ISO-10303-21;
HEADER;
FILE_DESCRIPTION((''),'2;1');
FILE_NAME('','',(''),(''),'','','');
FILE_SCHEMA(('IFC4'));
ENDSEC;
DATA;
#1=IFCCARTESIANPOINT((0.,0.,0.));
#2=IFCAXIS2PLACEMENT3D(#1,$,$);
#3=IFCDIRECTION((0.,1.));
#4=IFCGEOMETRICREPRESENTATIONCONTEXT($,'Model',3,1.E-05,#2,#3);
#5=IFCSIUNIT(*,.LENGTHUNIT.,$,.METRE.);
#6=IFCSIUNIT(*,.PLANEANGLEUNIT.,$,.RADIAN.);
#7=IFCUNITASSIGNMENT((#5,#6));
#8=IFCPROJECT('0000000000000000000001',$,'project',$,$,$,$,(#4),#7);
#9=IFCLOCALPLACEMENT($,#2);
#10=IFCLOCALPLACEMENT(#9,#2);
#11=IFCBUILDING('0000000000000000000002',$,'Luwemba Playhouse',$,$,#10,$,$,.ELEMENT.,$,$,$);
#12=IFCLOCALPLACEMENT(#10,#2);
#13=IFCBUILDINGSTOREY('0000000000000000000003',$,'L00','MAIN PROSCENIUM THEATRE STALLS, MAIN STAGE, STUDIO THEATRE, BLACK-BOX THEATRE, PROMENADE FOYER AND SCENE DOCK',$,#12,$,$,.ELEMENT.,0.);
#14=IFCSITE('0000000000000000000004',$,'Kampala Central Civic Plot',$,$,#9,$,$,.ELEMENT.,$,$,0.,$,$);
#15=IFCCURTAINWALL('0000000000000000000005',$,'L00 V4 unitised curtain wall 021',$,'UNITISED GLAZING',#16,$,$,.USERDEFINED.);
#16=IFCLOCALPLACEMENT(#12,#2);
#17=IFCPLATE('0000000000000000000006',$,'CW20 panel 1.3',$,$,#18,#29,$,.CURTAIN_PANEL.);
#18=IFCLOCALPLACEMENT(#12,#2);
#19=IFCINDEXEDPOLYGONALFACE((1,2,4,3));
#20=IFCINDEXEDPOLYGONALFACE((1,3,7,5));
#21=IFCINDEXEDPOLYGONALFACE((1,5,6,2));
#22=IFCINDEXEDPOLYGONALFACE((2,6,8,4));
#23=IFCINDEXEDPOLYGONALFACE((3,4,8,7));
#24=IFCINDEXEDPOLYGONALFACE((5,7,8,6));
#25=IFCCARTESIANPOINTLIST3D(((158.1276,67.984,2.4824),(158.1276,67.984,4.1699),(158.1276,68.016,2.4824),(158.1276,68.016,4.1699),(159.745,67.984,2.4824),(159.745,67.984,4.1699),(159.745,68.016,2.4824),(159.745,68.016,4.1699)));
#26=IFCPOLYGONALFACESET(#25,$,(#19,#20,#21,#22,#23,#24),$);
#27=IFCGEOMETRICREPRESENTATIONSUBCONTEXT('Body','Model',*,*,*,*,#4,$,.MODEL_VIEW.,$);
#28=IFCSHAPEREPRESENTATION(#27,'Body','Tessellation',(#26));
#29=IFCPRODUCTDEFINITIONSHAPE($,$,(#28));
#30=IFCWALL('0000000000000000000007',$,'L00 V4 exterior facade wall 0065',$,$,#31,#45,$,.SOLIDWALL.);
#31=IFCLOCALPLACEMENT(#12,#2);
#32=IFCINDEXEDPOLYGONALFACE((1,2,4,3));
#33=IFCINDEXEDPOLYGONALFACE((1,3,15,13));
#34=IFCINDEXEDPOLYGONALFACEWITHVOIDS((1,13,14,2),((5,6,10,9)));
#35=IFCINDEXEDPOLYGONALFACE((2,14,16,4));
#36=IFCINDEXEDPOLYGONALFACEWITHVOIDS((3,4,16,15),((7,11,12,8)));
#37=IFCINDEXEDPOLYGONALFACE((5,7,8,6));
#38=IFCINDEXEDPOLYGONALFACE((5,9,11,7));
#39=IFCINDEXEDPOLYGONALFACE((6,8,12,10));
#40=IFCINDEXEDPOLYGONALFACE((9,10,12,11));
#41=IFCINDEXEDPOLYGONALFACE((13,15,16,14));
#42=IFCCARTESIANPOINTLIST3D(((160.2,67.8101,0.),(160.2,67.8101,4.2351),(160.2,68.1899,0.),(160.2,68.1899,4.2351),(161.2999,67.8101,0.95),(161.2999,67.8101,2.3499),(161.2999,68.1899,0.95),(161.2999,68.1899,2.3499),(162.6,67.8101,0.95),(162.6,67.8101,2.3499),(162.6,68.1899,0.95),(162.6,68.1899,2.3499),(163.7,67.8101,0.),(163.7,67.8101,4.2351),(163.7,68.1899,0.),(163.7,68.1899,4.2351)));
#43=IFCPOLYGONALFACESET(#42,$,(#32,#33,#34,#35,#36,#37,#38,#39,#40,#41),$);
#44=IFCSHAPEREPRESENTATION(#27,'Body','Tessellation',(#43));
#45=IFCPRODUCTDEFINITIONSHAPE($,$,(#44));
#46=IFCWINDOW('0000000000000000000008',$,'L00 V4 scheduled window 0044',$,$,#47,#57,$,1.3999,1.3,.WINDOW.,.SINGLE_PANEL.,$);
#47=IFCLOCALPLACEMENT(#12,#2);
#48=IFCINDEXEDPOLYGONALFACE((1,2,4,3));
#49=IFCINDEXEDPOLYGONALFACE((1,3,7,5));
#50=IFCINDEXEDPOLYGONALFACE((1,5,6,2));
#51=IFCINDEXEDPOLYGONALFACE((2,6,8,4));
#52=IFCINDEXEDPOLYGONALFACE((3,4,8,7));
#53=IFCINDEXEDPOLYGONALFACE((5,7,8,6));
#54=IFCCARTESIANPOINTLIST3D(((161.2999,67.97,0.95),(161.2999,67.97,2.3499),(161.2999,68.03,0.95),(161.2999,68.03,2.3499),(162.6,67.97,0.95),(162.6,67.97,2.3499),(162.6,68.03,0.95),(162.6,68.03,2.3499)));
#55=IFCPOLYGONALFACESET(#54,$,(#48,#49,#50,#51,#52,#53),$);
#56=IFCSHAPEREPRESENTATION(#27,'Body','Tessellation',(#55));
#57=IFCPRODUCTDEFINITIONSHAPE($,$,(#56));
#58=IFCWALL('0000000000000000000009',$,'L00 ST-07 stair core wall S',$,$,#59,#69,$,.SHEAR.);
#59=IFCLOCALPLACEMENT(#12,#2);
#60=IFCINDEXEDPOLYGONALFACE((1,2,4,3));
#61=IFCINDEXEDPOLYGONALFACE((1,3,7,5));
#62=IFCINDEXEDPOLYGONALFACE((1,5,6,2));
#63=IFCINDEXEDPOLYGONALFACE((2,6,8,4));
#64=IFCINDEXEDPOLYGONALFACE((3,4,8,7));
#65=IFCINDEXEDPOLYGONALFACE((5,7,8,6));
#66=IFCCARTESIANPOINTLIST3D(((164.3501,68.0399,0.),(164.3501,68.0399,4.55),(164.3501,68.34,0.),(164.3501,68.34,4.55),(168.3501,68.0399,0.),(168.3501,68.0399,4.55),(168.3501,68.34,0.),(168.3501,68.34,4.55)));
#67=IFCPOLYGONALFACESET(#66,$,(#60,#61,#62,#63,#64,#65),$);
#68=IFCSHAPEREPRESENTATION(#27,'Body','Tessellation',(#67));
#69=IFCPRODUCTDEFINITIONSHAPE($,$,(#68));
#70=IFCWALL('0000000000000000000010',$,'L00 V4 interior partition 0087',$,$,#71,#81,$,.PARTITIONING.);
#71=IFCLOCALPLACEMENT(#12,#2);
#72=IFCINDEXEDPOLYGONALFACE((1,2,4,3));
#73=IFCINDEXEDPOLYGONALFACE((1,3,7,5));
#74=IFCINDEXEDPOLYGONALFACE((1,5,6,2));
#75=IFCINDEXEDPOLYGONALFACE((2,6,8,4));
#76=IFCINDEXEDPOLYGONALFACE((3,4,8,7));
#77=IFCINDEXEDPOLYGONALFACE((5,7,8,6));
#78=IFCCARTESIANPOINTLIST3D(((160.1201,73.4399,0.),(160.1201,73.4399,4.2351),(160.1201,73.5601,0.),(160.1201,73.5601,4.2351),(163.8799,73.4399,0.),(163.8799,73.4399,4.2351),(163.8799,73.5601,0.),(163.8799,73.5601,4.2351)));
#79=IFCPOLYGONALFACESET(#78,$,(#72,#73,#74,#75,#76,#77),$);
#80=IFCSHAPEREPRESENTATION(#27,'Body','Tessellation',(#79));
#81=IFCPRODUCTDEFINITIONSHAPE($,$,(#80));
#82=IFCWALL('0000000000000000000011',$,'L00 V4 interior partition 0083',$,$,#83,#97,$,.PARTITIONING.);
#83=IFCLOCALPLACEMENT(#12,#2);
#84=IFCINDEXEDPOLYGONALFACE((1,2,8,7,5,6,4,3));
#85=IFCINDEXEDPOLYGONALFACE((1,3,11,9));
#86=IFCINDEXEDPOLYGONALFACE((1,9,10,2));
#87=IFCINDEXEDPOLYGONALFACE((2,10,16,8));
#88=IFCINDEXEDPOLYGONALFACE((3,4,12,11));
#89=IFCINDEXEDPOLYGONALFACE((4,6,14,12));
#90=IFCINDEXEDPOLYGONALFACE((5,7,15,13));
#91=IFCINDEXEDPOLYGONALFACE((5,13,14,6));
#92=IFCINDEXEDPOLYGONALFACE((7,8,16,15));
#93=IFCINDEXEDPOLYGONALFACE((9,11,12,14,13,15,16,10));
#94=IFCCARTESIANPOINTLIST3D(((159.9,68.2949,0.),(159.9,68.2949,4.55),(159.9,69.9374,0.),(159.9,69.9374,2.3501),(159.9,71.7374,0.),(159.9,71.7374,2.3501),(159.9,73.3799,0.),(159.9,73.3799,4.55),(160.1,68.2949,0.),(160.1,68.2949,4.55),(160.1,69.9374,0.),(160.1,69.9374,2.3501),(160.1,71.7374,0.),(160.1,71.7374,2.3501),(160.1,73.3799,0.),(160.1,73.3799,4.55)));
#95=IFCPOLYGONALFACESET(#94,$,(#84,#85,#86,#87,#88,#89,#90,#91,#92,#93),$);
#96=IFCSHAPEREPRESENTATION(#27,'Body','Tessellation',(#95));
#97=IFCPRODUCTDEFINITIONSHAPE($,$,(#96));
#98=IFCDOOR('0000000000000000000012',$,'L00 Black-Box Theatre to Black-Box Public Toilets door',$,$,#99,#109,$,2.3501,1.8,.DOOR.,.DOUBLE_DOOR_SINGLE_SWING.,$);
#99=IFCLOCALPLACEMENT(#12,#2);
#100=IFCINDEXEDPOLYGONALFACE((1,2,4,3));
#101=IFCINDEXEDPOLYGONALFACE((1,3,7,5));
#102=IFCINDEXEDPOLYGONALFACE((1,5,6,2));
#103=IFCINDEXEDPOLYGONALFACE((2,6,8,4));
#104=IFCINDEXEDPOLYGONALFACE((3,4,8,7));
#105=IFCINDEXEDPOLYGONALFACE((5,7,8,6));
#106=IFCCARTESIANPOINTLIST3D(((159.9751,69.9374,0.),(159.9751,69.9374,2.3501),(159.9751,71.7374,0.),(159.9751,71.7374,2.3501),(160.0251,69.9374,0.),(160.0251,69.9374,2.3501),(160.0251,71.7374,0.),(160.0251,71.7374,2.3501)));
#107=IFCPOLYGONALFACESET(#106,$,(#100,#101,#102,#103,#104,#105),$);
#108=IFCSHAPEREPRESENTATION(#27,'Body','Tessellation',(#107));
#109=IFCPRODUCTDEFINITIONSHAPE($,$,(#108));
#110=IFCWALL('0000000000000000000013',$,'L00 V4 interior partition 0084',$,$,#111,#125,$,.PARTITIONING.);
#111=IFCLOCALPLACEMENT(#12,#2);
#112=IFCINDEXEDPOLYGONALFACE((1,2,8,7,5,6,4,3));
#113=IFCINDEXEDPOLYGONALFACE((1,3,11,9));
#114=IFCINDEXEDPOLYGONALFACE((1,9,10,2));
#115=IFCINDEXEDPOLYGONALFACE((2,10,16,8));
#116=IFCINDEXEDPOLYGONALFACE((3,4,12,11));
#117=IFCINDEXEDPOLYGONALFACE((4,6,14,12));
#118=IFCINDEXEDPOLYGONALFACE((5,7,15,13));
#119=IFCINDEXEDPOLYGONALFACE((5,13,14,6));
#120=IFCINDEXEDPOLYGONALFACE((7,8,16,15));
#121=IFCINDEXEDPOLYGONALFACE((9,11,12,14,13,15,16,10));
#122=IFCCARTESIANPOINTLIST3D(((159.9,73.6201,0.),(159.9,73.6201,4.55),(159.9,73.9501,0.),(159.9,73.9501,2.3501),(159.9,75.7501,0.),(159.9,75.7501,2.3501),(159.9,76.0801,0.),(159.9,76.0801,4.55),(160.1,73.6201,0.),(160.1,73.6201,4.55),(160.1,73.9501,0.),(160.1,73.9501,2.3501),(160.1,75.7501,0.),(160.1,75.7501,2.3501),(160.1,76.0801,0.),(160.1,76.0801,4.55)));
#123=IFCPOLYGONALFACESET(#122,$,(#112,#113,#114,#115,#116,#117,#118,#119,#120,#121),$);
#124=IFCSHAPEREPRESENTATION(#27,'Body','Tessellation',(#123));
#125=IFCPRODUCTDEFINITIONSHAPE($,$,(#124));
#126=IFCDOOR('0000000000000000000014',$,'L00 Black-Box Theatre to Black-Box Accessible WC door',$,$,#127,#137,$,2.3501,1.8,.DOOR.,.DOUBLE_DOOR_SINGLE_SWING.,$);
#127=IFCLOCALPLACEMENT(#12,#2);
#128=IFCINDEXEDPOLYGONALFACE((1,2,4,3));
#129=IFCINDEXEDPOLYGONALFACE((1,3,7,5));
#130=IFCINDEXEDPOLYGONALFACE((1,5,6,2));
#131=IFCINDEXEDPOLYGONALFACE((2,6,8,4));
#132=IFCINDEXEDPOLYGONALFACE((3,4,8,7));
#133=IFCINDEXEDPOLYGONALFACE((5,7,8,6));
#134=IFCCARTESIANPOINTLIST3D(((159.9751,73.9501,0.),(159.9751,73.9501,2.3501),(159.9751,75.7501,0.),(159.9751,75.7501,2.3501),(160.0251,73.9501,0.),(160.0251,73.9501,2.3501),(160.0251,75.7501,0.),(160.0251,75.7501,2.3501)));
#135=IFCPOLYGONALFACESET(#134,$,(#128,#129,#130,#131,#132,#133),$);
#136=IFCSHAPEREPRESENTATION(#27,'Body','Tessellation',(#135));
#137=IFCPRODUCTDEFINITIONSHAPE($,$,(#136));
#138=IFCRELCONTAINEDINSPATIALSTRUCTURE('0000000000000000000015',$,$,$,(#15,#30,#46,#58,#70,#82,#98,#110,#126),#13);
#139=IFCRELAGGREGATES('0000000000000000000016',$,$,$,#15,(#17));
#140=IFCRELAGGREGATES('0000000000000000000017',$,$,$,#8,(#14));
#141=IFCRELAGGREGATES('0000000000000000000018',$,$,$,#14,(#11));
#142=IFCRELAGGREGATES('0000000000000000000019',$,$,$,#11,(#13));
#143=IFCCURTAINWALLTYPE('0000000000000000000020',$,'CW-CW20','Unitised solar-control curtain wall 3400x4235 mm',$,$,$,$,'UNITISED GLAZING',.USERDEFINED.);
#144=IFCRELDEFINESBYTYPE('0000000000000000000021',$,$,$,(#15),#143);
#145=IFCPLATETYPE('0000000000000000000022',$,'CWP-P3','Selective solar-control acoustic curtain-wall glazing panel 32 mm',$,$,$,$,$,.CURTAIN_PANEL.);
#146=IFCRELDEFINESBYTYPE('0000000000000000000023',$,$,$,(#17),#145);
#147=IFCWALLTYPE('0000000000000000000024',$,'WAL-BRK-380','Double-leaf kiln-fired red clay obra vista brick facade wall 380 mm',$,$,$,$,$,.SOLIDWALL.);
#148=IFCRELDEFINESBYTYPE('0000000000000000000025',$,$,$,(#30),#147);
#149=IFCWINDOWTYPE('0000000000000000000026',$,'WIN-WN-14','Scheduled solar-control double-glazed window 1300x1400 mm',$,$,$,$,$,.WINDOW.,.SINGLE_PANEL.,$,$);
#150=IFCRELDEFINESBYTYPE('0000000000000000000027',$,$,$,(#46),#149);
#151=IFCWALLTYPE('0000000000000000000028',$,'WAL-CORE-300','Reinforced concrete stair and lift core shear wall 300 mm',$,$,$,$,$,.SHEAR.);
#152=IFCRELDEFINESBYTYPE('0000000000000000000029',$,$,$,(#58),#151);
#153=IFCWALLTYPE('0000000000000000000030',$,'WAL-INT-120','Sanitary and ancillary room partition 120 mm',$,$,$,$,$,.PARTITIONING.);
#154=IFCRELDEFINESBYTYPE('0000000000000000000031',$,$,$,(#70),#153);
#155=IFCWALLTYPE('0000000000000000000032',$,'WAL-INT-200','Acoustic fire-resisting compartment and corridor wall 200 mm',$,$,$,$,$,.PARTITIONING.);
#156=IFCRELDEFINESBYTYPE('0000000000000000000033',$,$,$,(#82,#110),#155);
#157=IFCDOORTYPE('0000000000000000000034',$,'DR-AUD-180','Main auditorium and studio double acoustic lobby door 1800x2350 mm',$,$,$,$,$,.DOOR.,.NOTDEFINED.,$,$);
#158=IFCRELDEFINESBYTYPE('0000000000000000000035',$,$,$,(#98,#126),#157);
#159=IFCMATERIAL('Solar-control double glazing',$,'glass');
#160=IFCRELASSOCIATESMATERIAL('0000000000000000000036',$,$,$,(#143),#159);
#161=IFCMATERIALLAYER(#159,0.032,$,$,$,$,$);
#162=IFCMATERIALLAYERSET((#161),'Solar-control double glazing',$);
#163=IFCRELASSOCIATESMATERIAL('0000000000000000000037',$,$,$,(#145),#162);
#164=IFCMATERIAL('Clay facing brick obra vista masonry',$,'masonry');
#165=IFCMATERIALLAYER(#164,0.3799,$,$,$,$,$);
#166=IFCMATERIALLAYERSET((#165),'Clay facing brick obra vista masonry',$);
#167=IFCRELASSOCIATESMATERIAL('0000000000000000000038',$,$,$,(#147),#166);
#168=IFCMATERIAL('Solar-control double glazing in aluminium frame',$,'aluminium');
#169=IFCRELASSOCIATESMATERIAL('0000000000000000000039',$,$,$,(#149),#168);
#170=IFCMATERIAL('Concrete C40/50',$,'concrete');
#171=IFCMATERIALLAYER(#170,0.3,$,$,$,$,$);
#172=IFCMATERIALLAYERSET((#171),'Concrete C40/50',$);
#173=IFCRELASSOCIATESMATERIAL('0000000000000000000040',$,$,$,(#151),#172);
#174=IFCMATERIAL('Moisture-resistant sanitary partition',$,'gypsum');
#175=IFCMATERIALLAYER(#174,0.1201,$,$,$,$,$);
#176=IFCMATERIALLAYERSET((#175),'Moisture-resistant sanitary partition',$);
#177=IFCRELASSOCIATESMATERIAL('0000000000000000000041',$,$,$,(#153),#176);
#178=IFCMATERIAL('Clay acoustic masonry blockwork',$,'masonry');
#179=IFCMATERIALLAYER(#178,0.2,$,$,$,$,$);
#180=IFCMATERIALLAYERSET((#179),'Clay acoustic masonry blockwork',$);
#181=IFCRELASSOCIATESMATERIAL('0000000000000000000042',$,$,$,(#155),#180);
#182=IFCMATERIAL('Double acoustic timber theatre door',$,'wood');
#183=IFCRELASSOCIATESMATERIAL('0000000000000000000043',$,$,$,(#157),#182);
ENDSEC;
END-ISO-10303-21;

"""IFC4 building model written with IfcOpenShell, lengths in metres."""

from ifc_helpers import new_model, si_unit, direction, frame, frame_2d, origin, origin_2d, place, context, subcontext, project, spatial, rectangle, extrude, material, layer, layer_set, type_object, element, fill, aggregate, save


model = new_model("IFC4")

# Units and contexts
model_context = context("Model", 3, precision=1e-05, world=origin(), true_north=direction((0.0, 1.0)))
body_context = subcontext(model_context, "Body", "Model", "MODEL_VIEW")
ifc_project = project(units=[si_unit("LENGTHUNIT", "METRE"), si_unit("PLANEANGLEUNIT", "RADIAN")], contexts=[model_context])

# Site, building, storey
site_placement = place(None, origin())
site = spatial("IfcSite", under=ifc_project, at=site_placement, Name="Kampala Central Civic Plot", CompositionType="ELEMENT", RefElevation=0.0)
building_placement = place(site_placement, origin())
building = spatial("IfcBuilding", under=site, at=building_placement, Name="Luwemba Playhouse", CompositionType="ELEMENT")
storey_placement = place(building_placement, origin())
storey = spatial("IfcBuildingStorey", under=building, at=storey_placement, Name="L00", Description="MAIN PROSCENIUM THEATRE STALLS, MAIN STAGE, STUDIO THEATRE, BLACK-BOX THEATRE, PROMENADE FOYER AND SCENE DOCK", CompositionType="ELEMENT", Elevation=0.0)

# Shared definitions
ifc_material_1 = material(Name="Concrete C40/50", Category="concrete")

# Shared definitions
ifc_material_2 = material(Name="Solar-control double glazing", Category="glass")

# Curtain wall
curtain_wall_type_1 = type_object("IfcCurtainWallType", Name="CW-CW20", Description="Unitised solar-control curtain wall 3400x4235 mm", ElementType="UNITISED GLAZING", PredefinedType="USERDEFINED", material=ifc_material_2)
curtain_wall_1_placement = place(storey_placement, origin())
curtain_wall_1 = element("IfcCurtainWall", 1, at=curtain_wall_1_placement, inside=storey, type_object=curtain_wall_type_1, Name="L00 V4 unitised curtain wall 021", ObjectType="UNITISED GLAZING", PredefinedType="USERDEFINED")

# Plate
ifc_layer_1 = layer(ifc_material_2, 0.032)
ifc_layer_set_1 = layer_set([ifc_layer_1], Name="Solar-control double glazing")
plate_type_1 = type_object("IfcPlateType", Name="CWP-P3", Description="Selective solar-control acoustic curtain-wall glazing panel 32 mm", PredefinedType="CURTAIN_PANEL", material=ifc_layer_set_1)
plate_1_placement = place(storey_placement, frame((158.9363, 68.0, 2.4824), z_axis=(0.0, 0.0, 1.0), x_axis=(-1.0, 0.0, 0.0)))
plate_1 = element("IfcPlate", 2, at=plate_1_placement, type_object=plate_type_1, Name="CW20 panel 1.3", PredefinedType="CURTAIN_PANEL", context=body_context, shape_type="SweptSolid", body=[
    extrude(rectangle(XDim=1.6174, YDim=0.032, at=origin_2d()), origin(), (0.0, 0.0, 1.0), 1.6875),
])
aggregate(curtain_wall_1, [plate_1])

# Wall, opening, window
ifc_material_3 = material(Name="Clay facing brick obra vista masonry", Category="masonry")
ifc_layer_2 = layer(ifc_material_3, 0.3799)
ifc_layer_set_2 = layer_set([ifc_layer_2], Name="Clay facing brick obra vista masonry")
wall_type_1 = type_object("IfcWallType", Name="WAL-BRK-380", Description="Double-leaf kiln-fired red clay obra vista brick facade wall 380 mm", PredefinedType="SOLIDWALL", material=ifc_layer_set_2)
wall_1_placement = place(storey_placement, frame((163.7, 68.0, 0.0), z_axis=(0.0, 0.0, 1.0), x_axis=(-1.0, 0.0, 0.0)))
wall_1 = element("IfcWall", 3, at=wall_1_placement, inside=storey, type_object=wall_type_1, Name="L00 V4 exterior facade wall 0065", PredefinedType="SOLIDWALL", context=body_context, shape_type="SweptSolid", body=[
    extrude(rectangle(XDim=3.5, YDim=0.3799, at=frame_2d((1.75, 0.0))), origin(), (0.0, 0.0, 1.0), 4.2351),
])
opening_1_placement = place(wall_1_placement, frame((1.1001, 0.0, 0.95)))
opening_1 = element("IfcOpeningElement", 4, at=opening_1_placement, cuts=wall_1, PredefinedType="OPENING", context=body_context, shape_type="SweptSolid", body=[
    extrude(rectangle(XDim=1.3, YDim=1.3999, at=frame_2d((0.6499, 0.7))), frame((0.0, 0.2, 0.0), z_axis=(0.0, -1.0, 0.0), x_axis=(1.0, 0.0, 0.0)), (0.0, 0.0, 1.0), 0.3999),
])
ifc_material_4 = material(Name="Solar-control double glazing in aluminium frame", Category="aluminium")
window_type = type_object("IfcWindowType", Name="WIN-WN-14", Description="Scheduled solar-control double-glazed window 1300x1400 mm", PartitioningType="SINGLE_PANEL", PredefinedType="WINDOW", material=ifc_material_4)
window_placement = place(opening_1_placement, origin())
window = element("IfcWindow", 5, at=window_placement, inside=storey, type_object=window_type, Name="L00 V4 scheduled window 0044", OverallHeight=1.3999, OverallWidth=1.3, PartitioningType="SINGLE_PANEL", PredefinedType="WINDOW", context=body_context, shape_type="SweptSolid", body=[
    extrude(rectangle(XDim=1.3, YDim=1.3999, at=frame_2d((0.6499, 0.7))), frame((0.0, 0.03, 0.0), z_axis=(0.0, -1.0, 0.0), x_axis=(1.0, 0.0, 0.0)), (0.0, 0.0, 1.0), 0.0601),
])
fill(opening_1, window)

# Wall
ifc_layer_3 = layer(ifc_material_1, 0.3)
ifc_layer_set_3 = layer_set([ifc_layer_3], Name="Concrete C40/50")
wall_type_2 = type_object("IfcWallType", Name="WAL-CORE-300", Description="Reinforced concrete stair and lift core shear wall 300 mm", PredefinedType="SHEAR", material=ifc_layer_set_3)
wall_2_placement = place(storey_placement, frame((164.3501, 68.1899, 0.0), z_axis=(0.0, 0.0, 1.0), x_axis=(1.0, 0.0, 0.0)))
element("IfcWall", 6, at=wall_2_placement, inside=storey, type_object=wall_type_2, Name="L00 ST-07 stair core wall S", PredefinedType="SHEAR", context=body_context, shape_type="SweptSolid", body=[
    extrude(rectangle(XDim=4.0, YDim=0.3, at=frame_2d((2.0, 0.0))), origin(), (0.0, 0.0, 1.0), 4.55),
])

# Wall
ifc_material_5 = material(Name="Moisture-resistant sanitary partition", Category="gypsum")
ifc_layer_4 = layer(ifc_material_5, 0.1201)
ifc_layer_set_4 = layer_set([ifc_layer_4], Name="Moisture-resistant sanitary partition")
wall_type_3 = type_object("IfcWallType", Name="WAL-INT-120", Description="Sanitary and ancillary room partition 120 mm", PredefinedType="PARTITIONING", material=ifc_layer_set_4)
wall_3_placement = place(storey_placement, frame((160.1201, 73.5, 0.0), z_axis=(0.0, 0.0, 1.0), x_axis=(1.0, 0.0, 0.0)))
element("IfcWall", 7, at=wall_3_placement, inside=storey, type_object=wall_type_3, Name="L00 V4 interior partition 0087", PredefinedType="PARTITIONING", context=body_context, shape_type="SweptSolid", body=[
    extrude(rectangle(XDim=3.7598, YDim=0.1201, at=frame_2d((1.8799, 0.0))), origin(), (0.0, 0.0, 1.0), 4.2351),
])

# Walls, openings, doors
ifc_material_6 = material(Name="Clay acoustic masonry blockwork", Category="masonry")
ifc_layer_5 = layer(ifc_material_6, 0.2)
ifc_layer_set_5 = layer_set([ifc_layer_5], Name="Clay acoustic masonry blockwork")
wall_type_4 = type_object("IfcWallType", Name="WAL-INT-200", Description="Acoustic fire-resisting compartment and corridor wall 200 mm", PredefinedType="PARTITIONING", material=ifc_layer_set_5)
wall_4_placement = place(storey_placement, frame((160.0, 68.2949, 0.0), z_axis=(0.0, 0.0, 1.0), x_axis=(0.0, 1.0, 0.0)))
wall_4 = element("IfcWall", 8, at=wall_4_placement, inside=storey, type_object=wall_type_4, Name="L00 V4 interior partition 0083", PredefinedType="PARTITIONING", context=body_context, shape_type="SweptSolid", body=[
    extrude(rectangle(XDim=5.085, YDim=0.2, at=frame_2d((2.5425, 0.0))), origin(), (0.0, 0.0, 1.0), 4.55),
])
opening_2_placement = place(wall_4_placement, frame((1.6426, 0.0, 0.0)))
opening_2 = element("IfcOpeningElement", 9, at=opening_2_placement, cuts=wall_4, PredefinedType="OPENING", context=body_context, shape_type="SweptSolid", body=[
    extrude(rectangle(XDim=1.8, YDim=2.3501, at=frame_2d((0.8999, 1.175))), frame((0.0, 0.1099, 0.0), z_axis=(0.0, -1.0, 0.0), x_axis=(1.0, 0.0, 0.0)), (0.0, 0.0, 1.0), 0.22),
])
ifc_material_7 = material(Name="Double acoustic timber theatre door", Category="wood")
door_type_1 = type_object("IfcDoorType", Name="DR-AUD-180", Description="Main auditorium and studio double acoustic lobby door 1800x2350 mm", OperationType="NOTDEFINED", PredefinedType="DOOR", material=ifc_material_7)
door_1_placement = place(opening_2_placement, origin())
door_1 = element("IfcDoor", 10, at=door_1_placement, inside=storey, type_object=door_type_1, Name="L00 Black-Box Theatre to Black-Box Public Toilets door", OperationType="DOUBLE_DOOR_SINGLE_SWING", OverallHeight=2.3501, OverallWidth=1.8, PredefinedType="DOOR", context=body_context, shape_type="SweptSolid", body=[
    extrude(rectangle(XDim=1.8, YDim=2.3501, at=frame_2d((0.8999, 1.175))), frame((0.0, 0.0249, 0.0), z_axis=(0.0, -1.0, 0.0), x_axis=(1.0, 0.0, 0.0)), (0.0, 0.0, 1.0), 0.05),
])
fill(opening_2, door_1)
wall_5_placement = place(storey_placement, frame((160.0, 73.6201, 0.0), z_axis=(0.0, 0.0, 1.0), x_axis=(0.0, 1.0, 0.0)))
wall_5 = element("IfcWall", 11, at=wall_5_placement, inside=storey, type_object=wall_type_4, Name="L00 V4 interior partition 0084", PredefinedType="PARTITIONING", context=body_context, shape_type="SweptSolid", body=[
    extrude(rectangle(XDim=2.46, YDim=0.2, at=frame_2d((1.23, 0.0))), origin(), (0.0, 0.0, 1.0), 4.55),
])
opening_3_placement = place(wall_5_placement, frame((0.3301, 0.0, 0.0)))
opening_3 = element("IfcOpeningElement", 12, at=opening_3_placement, cuts=wall_5, PredefinedType="OPENING", context=body_context, shape_type="SweptSolid", body=[
    extrude(rectangle(XDim=1.8, YDim=2.3501, at=frame_2d((0.8999, 1.175))), frame((0.0, 0.1099, 0.0), z_axis=(0.0, -1.0, 0.0), x_axis=(1.0, 0.0, 0.0)), (0.0, 0.0, 1.0), 0.22),
])
door_2_placement = place(opening_3_placement, origin())
door_2 = element("IfcDoor", 13, at=door_2_placement, inside=storey, type_object=door_type_1, Name="L00 Black-Box Theatre to Black-Box Accessible WC door", OperationType="DOUBLE_DOOR_SINGLE_SWING", OverallHeight=2.3501, OverallWidth=1.8, PredefinedType="DOOR", context=body_context, shape_type="SweptSolid", body=[
    extrude(rectangle(XDim=1.8, YDim=2.3501, at=frame_2d((0.8999, 1.175))), frame((0.0, 0.0249, 0.0), z_axis=(0.0, -1.0, 0.0), x_axis=(1.0, 0.0, 0.0)), (0.0, 0.0, 1.0), 0.05),
])
fill(opening_3, door_2)

save(model, "model.ifc")
